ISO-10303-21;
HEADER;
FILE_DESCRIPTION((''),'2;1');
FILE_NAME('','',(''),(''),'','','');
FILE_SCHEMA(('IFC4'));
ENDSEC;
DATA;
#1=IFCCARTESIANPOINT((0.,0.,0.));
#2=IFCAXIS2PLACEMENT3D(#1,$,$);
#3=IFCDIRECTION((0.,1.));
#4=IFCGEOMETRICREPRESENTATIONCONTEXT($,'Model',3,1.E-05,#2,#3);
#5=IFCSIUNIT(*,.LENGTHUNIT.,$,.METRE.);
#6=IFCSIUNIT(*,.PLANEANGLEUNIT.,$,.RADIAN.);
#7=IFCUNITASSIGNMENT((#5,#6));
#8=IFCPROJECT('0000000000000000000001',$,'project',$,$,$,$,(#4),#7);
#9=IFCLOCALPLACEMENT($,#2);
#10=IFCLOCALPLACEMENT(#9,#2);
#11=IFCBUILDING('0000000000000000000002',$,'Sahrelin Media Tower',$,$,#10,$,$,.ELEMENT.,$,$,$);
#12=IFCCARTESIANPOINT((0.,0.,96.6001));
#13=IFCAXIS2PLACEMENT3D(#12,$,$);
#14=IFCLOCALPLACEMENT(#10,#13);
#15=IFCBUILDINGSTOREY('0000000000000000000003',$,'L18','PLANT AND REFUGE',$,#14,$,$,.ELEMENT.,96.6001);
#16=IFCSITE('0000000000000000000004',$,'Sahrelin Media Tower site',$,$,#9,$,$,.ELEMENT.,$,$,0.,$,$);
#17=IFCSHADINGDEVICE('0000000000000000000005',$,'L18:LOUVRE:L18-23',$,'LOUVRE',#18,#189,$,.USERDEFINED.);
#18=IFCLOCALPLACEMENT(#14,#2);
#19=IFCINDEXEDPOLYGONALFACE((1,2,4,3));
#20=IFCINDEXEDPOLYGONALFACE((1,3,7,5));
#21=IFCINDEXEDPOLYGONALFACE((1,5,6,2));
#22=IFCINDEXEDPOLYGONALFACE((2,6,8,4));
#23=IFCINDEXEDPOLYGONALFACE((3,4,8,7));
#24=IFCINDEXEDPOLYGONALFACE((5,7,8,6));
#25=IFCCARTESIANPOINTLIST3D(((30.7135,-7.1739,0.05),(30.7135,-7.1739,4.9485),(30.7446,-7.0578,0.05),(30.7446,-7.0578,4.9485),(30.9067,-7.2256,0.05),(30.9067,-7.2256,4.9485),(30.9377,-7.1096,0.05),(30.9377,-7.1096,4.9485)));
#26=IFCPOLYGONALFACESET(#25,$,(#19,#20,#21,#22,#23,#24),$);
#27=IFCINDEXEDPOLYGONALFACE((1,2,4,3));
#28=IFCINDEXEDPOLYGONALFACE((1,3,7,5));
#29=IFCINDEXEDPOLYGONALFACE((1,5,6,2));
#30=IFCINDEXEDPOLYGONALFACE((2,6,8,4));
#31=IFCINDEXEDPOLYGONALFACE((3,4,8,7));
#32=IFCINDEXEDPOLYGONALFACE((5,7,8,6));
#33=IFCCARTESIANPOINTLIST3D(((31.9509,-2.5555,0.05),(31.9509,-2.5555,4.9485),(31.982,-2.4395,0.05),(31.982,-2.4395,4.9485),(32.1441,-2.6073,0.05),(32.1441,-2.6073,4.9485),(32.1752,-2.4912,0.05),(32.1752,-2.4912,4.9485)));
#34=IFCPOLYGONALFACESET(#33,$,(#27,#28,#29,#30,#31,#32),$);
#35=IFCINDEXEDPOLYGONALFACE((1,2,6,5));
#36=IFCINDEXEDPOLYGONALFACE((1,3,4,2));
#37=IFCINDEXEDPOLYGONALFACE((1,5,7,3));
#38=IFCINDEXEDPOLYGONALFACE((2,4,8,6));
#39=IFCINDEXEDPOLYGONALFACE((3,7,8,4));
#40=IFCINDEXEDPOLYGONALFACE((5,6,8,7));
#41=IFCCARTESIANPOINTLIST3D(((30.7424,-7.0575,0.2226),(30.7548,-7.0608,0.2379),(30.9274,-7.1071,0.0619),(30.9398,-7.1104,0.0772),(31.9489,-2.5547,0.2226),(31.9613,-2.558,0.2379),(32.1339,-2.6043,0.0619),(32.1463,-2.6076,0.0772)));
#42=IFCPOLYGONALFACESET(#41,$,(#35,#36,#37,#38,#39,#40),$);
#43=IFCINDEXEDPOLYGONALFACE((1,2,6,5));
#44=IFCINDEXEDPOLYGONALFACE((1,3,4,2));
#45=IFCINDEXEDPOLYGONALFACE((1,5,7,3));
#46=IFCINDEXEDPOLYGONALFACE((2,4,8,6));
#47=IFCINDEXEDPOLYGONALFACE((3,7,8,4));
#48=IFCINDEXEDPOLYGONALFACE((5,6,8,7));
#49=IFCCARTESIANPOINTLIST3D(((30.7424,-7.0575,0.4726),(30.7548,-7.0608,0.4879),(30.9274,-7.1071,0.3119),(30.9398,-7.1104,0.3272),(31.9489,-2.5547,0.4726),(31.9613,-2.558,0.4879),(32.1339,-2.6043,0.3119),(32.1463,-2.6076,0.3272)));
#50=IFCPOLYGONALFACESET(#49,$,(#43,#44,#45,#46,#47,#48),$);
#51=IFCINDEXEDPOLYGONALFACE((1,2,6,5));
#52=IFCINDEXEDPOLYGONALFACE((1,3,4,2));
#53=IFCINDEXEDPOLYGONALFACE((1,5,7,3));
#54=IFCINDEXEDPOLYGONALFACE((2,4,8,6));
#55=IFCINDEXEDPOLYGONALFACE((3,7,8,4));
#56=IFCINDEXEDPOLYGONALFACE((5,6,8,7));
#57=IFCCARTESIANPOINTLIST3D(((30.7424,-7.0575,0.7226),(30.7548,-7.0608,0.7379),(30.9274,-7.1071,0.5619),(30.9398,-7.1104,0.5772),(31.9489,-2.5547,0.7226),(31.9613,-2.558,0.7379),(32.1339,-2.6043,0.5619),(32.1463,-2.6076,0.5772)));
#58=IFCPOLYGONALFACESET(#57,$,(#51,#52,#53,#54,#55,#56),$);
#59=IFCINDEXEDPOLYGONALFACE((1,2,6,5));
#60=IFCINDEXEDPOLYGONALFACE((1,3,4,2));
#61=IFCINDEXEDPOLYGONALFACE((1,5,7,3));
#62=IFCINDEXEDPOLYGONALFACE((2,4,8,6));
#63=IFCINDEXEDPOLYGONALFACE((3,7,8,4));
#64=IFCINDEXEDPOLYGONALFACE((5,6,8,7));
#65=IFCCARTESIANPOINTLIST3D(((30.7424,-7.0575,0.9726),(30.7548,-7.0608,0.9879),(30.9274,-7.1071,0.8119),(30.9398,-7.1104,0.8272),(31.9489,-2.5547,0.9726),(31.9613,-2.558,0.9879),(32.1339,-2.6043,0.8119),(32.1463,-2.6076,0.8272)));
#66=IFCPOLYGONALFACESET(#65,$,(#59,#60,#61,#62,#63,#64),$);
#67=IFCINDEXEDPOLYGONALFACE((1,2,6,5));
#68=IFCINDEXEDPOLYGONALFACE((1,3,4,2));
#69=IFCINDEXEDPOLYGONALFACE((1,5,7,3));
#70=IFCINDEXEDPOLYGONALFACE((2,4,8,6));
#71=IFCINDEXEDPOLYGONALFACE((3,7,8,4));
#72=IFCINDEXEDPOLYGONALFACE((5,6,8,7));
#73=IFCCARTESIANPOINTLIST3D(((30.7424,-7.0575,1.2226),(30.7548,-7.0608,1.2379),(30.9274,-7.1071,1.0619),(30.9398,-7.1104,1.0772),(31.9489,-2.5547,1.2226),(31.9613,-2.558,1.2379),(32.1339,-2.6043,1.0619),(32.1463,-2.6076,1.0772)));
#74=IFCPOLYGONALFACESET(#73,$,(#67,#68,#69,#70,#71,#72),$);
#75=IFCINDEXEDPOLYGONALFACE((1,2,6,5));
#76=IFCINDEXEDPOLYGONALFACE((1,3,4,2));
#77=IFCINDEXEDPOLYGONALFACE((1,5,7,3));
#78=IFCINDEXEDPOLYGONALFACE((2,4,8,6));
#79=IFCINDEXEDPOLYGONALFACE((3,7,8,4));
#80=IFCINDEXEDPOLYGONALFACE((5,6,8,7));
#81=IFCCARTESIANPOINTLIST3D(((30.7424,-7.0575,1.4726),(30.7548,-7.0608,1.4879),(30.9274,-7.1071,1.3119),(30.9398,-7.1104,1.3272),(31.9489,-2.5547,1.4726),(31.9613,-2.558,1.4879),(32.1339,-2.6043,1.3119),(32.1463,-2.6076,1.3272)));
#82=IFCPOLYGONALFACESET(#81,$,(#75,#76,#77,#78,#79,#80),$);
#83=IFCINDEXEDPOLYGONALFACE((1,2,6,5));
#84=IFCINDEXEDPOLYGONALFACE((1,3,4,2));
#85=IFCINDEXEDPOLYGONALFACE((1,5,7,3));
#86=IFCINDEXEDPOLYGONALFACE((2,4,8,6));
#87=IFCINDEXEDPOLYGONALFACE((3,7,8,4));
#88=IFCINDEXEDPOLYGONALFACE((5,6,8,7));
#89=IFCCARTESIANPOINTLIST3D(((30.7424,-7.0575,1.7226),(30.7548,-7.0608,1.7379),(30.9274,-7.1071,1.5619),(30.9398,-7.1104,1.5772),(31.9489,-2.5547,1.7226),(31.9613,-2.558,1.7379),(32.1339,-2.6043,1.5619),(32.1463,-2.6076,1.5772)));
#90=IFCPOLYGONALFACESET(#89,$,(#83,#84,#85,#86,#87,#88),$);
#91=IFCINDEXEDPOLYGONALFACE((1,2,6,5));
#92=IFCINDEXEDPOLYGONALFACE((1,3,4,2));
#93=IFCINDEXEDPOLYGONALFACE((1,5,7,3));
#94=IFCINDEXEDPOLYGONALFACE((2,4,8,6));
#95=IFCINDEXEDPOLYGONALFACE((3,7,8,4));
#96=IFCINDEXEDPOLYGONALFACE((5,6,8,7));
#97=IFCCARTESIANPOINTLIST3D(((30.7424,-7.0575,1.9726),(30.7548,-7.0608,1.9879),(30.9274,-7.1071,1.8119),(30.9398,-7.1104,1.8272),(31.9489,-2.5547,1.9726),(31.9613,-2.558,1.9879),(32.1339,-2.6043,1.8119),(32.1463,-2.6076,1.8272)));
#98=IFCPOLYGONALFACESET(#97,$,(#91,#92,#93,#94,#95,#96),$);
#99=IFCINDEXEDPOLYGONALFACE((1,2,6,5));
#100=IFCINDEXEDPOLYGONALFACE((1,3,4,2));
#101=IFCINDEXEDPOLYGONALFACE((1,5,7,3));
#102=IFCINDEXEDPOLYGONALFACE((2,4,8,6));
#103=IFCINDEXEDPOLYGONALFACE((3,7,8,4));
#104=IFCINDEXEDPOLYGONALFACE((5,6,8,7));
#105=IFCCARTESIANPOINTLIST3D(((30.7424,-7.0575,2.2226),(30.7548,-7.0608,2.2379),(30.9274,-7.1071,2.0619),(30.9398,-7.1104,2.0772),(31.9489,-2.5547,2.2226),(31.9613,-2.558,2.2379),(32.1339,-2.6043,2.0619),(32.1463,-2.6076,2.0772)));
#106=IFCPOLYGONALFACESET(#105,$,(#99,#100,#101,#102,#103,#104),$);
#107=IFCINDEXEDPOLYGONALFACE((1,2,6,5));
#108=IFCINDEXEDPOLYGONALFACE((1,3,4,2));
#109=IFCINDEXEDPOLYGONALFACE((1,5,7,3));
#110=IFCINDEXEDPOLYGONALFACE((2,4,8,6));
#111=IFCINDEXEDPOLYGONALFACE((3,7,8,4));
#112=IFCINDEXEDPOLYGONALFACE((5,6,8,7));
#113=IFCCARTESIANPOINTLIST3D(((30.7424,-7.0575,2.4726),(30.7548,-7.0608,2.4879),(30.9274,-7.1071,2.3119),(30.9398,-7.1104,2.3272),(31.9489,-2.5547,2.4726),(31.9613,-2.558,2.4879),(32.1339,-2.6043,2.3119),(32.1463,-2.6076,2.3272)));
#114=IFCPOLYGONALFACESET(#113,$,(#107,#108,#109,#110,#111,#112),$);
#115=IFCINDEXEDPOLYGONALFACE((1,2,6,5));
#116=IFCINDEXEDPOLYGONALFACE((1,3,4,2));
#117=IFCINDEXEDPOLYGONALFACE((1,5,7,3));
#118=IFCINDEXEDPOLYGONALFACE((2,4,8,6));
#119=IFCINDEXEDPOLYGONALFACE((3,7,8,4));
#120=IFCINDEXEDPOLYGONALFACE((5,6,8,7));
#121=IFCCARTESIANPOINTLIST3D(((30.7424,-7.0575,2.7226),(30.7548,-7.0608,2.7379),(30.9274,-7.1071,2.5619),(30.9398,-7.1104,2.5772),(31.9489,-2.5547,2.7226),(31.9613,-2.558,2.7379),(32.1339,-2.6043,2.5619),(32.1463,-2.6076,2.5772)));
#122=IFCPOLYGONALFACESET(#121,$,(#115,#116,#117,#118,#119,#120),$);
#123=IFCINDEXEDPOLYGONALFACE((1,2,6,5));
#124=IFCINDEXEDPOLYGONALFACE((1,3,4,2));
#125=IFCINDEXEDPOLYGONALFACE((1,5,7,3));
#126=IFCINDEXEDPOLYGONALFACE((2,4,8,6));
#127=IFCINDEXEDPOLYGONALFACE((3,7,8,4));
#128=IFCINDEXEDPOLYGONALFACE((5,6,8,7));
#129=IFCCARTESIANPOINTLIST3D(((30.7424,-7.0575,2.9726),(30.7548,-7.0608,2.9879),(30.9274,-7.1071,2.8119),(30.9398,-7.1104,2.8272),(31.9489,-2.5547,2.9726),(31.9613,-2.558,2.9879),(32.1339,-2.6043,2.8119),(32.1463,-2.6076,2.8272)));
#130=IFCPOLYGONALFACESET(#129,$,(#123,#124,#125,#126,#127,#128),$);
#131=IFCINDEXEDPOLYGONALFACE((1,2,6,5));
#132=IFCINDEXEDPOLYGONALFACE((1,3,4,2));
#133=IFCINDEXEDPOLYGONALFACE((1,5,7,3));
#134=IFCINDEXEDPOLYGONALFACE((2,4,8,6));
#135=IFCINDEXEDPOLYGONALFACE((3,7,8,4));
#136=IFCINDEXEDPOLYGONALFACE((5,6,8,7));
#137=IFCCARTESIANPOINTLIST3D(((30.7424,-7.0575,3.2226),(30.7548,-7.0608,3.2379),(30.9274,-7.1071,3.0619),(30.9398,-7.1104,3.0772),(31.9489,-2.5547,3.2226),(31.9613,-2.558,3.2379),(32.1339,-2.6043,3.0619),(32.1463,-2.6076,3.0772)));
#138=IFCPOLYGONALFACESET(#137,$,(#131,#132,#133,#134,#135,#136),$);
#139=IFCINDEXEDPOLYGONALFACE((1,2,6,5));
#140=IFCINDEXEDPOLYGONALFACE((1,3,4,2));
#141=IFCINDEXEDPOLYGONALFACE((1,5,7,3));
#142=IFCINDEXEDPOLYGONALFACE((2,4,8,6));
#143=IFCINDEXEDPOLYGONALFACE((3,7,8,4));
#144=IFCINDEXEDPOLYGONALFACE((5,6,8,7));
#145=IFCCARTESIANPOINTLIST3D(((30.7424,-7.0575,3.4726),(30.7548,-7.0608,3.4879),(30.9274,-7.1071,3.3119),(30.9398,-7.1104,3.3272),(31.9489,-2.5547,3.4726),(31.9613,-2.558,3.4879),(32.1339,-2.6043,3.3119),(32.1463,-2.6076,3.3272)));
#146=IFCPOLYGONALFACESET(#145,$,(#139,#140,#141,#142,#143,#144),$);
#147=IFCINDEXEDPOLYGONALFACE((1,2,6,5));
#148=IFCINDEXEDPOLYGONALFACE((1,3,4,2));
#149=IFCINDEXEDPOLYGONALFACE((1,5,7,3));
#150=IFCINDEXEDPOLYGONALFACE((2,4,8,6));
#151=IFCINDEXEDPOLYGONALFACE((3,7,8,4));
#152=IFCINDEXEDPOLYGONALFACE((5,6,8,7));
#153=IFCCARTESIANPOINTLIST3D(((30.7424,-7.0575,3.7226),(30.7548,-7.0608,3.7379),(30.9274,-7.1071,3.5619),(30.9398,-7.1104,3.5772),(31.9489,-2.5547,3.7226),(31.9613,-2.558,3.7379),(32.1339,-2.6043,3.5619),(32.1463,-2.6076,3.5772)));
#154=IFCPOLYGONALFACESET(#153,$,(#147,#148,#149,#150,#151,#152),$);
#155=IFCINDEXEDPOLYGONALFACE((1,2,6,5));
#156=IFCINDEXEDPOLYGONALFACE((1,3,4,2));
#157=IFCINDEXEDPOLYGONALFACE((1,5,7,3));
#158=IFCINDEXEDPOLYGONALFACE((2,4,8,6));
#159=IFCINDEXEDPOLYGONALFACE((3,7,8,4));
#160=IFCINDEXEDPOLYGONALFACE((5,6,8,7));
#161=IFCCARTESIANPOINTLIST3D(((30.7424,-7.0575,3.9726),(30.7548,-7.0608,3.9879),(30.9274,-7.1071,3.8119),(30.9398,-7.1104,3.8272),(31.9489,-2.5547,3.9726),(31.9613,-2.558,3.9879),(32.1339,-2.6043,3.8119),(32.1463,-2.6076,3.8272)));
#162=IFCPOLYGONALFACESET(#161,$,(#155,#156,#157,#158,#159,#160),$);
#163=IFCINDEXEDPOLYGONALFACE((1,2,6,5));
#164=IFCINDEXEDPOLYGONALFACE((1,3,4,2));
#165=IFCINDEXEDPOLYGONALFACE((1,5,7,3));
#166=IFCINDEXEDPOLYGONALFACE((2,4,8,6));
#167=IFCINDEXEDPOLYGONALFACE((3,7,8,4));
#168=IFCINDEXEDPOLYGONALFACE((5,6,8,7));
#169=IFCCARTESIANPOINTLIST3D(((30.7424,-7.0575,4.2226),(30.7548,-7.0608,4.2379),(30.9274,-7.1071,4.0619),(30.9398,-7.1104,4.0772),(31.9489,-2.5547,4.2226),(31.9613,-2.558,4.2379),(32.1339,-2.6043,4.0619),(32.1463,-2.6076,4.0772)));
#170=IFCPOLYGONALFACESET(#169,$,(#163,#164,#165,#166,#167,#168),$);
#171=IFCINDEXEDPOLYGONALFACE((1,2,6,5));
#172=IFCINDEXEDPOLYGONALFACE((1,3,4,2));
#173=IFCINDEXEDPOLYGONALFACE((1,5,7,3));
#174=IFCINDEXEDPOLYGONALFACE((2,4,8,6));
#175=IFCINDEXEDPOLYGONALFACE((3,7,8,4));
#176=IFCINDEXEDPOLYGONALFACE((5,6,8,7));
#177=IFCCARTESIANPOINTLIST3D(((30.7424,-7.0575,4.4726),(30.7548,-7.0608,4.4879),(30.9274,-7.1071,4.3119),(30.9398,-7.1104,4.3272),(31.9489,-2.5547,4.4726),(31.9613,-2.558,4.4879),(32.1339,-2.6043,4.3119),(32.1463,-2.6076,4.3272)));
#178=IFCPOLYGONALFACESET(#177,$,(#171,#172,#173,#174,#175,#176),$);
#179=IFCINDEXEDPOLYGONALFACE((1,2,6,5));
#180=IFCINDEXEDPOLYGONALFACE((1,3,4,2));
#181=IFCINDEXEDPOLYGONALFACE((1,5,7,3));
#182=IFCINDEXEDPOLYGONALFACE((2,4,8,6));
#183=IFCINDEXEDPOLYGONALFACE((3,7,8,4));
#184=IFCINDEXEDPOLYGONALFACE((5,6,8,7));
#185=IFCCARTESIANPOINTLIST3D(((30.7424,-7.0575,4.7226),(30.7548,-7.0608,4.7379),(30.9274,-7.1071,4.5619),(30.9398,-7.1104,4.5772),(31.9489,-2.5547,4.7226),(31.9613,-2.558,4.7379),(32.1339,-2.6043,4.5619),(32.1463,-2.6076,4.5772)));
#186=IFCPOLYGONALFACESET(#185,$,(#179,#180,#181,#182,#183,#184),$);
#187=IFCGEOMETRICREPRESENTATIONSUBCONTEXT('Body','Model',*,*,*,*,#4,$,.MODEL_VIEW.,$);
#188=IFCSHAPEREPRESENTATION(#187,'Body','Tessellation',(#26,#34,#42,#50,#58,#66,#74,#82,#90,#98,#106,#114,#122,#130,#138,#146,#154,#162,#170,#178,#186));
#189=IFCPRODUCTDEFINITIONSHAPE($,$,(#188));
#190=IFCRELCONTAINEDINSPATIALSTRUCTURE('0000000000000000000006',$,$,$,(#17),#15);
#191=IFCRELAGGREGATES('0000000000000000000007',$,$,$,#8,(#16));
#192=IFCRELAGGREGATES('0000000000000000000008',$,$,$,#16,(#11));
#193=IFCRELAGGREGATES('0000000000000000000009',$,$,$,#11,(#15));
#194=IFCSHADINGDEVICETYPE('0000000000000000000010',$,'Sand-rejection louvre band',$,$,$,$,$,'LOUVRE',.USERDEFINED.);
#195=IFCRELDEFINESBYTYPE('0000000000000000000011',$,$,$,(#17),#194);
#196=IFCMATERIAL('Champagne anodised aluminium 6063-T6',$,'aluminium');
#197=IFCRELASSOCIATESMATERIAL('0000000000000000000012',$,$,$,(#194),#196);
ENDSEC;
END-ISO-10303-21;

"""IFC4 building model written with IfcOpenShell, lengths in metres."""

from ifc_helpers import new_model, si_unit, direction, frame, origin, origin_2d, place, context, subcontext, project, spatial, rectangle, extrude, material, type_object, element, save


model = new_model("IFC4")

# Units and contexts
model_context = context("Model", 3, precision=1e-05, world=origin(), true_north=direction((0.0, 1.0)))
body_context = subcontext(model_context, "Body", "Model", "MODEL_VIEW")
ifc_project = project(units=[si_unit("LENGTHUNIT", "METRE"), si_unit("PLANEANGLEUNIT", "RADIAN")], contexts=[model_context])

# Site, building, storey
site_placement = place(None, origin())
site = spatial("IfcSite", under=ifc_project, at=site_placement, Name="Sahrelin Media Tower site", CompositionType="ELEMENT", RefElevation=0.0)
building_placement = place(site_placement, origin())
building = spatial("IfcBuilding", under=site, at=building_placement, Name="Sahrelin Media Tower", CompositionType="ELEMENT")
storey_placement = place(building_placement, frame((0.0, 0.0, 96.6001)))
storey = spatial("IfcBuildingStorey", under=building, at=storey_placement, Name="L18", Description="PLANT AND REFUGE", CompositionType="ELEMENT", Elevation=96.6001)

# Shading device
ifc_material_1 = material(Name="Champagne anodised aluminium 6063-T6", Category="aluminium")
shading_device_type = type_object("IfcShadingDeviceType", Name="Sand-rejection louvre band", ElementType="LOUVRE", PredefinedType="USERDEFINED", material=ifc_material_1)
shading_device_1_placement = place(storey_placement, frame((31.3477, -4.8066, 0.0), z_axis=(0.0, 0.0, 1.0), x_axis=(-0.258808, -0.965929, 0.0)))
element("IfcShadingDevice", 1, at=shading_device_1_placement, inside=storey, type_object=shading_device_type, Name="L18:LOUVRE:L18-23", ObjectType="LOUVRE", PredefinedType="USERDEFINED", context=body_context, shape_type="SweptSolid", body=[
    extrude(rectangle(XDim=0.1201, YDim=0.2, at=origin_2d()), frame((2.3906, 0.1001, 0.05), z_axis=(0.0, 0.0, 1.0), x_axis=(1.0, 0.0, 0.0)), (0.0, 0.0, 1.0), 4.8984),
    extrude(rectangle(XDim=0.1201, YDim=0.2, at=origin_2d()), frame((-2.3906, 0.1001, 0.05), z_axis=(0.0, 0.0, 1.0), x_axis=(1.0, 0.0, 0.0)), (0.0, 0.0, 1.0), 4.8984),
    extrude(rectangle(XDim=0.25, YDim=0.02, at=origin_2d()), frame((2.3308, 0.1001, 0.1499), z_axis=(-1.0, 0.0, 0.0), x_axis=(0.0, -0.766044, 0.642788)), (0.0, 0.0, 1.0), 4.6616),
    extrude(rectangle(XDim=0.25, YDim=0.02, at=origin_2d()), frame((2.3308, 0.1001, 0.3999), z_axis=(-1.0, 0.0, 0.0), x_axis=(0.0, -0.766044, 0.642788)), (0.0, 0.0, 1.0), 4.6616),
    extrude(rectangle(XDim=0.25, YDim=0.02, at=origin_2d()), frame((2.3308, 0.1001, 0.6499), z_axis=(-1.0, 0.0, 0.0), x_axis=(0.0, -0.766044, 0.642788)), (0.0, 0.0, 1.0), 4.6616),
    extrude(rectangle(XDim=0.25, YDim=0.02, at=origin_2d()), frame((2.3308, 0.1001, 0.8999), z_axis=(-1.0, 0.0, 0.0), x_axis=(0.0, -0.766044, 0.642788)), (0.0, 0.0, 1.0), 4.6616),
    extrude(rectangle(XDim=0.25, YDim=0.02, at=origin_2d()), frame((2.3308, 0.1001, 1.1499), z_axis=(-1.0, 0.0, 0.0), x_axis=(0.0, -0.766044, 0.642788)), (0.0, 0.0, 1.0), 4.6616),
    extrude(rectangle(XDim=0.25, YDim=0.02, at=origin_2d()), frame((2.3308, 0.1001, 1.3999), z_axis=(-1.0, 0.0, 0.0), x_axis=(0.0, -0.766044, 0.642788)), (0.0, 0.0, 1.0), 4.6616),
    extrude(rectangle(XDim=0.25, YDim=0.02, at=origin_2d()), frame((2.3308, 0.1001, 1.6499), z_axis=(-1.0, 0.0, 0.0), x_axis=(0.0, -0.766044, 0.642788)), (0.0, 0.0, 1.0), 4.6616),
    extrude(rectangle(XDim=0.25, YDim=0.02, at=origin_2d()), frame((2.3308, 0.1001, 1.8999), z_axis=(-1.0, 0.0, 0.0), x_axis=(0.0, -0.766044, 0.642788)), (0.0, 0.0, 1.0), 4.6616),
    extrude(rectangle(XDim=0.25, YDim=0.02, at=origin_2d()), frame((2.3308, 0.1001, 2.1499), z_axis=(-1.0, 0.0, 0.0), x_axis=(0.0, -0.766044, 0.642788)), (0.0, 0.0, 1.0), 4.6616),
    extrude(rectangle(XDim=0.25, YDim=0.02, at=origin_2d()), frame((2.3308, 0.1001, 2.3999), z_axis=(-1.0, 0.0, 0.0), x_axis=(0.0, -0.766044, 0.642788)), (0.0, 0.0, 1.0), 4.6616),
    extrude(rectangle(XDim=0.25, YDim=0.02, at=origin_2d()), frame((2.3308, 0.1001, 2.6499), z_axis=(-1.0, 0.0, 0.0), x_axis=(0.0, -0.766044, 0.642788)), (0.0, 0.0, 1.0), 4.6616),
    extrude(rectangle(XDim=0.25, YDim=0.02, at=origin_2d()), frame((2.3308, 0.1001, 2.8999), z_axis=(-1.0, 0.0, 0.0), x_axis=(0.0, -0.766044, 0.642788)), (0.0, 0.0, 1.0), 4.6616),
    extrude(rectangle(XDim=0.25, YDim=0.02, at=origin_2d()), frame((2.3308, 0.1001, 3.1499), z_axis=(-1.0, 0.0, 0.0), x_axis=(0.0, -0.766044, 0.642788)), (0.0, 0.0, 1.0), 4.6616),
    extrude(rectangle(XDim=0.25, YDim=0.02, at=origin_2d()), frame((2.3308, 0.1001, 3.3999), z_axis=(-1.0, 0.0, 0.0), x_axis=(0.0, -0.766044, 0.642788)), (0.0, 0.0, 1.0), 4.6616),
    extrude(rectangle(XDim=0.25, YDim=0.02, at=origin_2d()), frame((2.3308, 0.1001, 3.6499), z_axis=(-1.0, 0.0, 0.0), x_axis=(0.0, -0.766044, 0.642788)), (0.0, 0.0, 1.0), 4.6616),
    extrude(rectangle(XDim=0.25, YDim=0.02, at=origin_2d()), frame((2.3308, 0.1001, 3.8999), z_axis=(-1.0, 0.0, 0.0), x_axis=(0.0, -0.766044, 0.642788)), (0.0, 0.0, 1.0), 4.6616),
    extrude(rectangle(XDim=0.25, YDim=0.02, at=origin_2d()), frame((2.3308, 0.1001, 4.1499), z_axis=(-1.0, 0.0, 0.0), x_axis=(0.0, -0.766044, 0.642788)), (0.0, 0.0, 1.0), 4.6616),
    extrude(rectangle(XDim=0.25, YDim=0.02, at=origin_2d()), frame((2.3308, 0.1001, 4.3999), z_axis=(-1.0, 0.0, 0.0), x_axis=(0.0, -0.766044, 0.642788)), (0.0, 0.0, 1.0), 4.6616),
    extrude(rectangle(XDim=0.25, YDim=0.02, at=origin_2d()), frame((2.3308, 0.1001, 4.6499), z_axis=(-1.0, 0.0, 0.0), x_axis=(0.0, -0.766044, 0.642788)), (0.0, 0.0, 1.0), 4.6616),
])

save(model, "model.ifc")
